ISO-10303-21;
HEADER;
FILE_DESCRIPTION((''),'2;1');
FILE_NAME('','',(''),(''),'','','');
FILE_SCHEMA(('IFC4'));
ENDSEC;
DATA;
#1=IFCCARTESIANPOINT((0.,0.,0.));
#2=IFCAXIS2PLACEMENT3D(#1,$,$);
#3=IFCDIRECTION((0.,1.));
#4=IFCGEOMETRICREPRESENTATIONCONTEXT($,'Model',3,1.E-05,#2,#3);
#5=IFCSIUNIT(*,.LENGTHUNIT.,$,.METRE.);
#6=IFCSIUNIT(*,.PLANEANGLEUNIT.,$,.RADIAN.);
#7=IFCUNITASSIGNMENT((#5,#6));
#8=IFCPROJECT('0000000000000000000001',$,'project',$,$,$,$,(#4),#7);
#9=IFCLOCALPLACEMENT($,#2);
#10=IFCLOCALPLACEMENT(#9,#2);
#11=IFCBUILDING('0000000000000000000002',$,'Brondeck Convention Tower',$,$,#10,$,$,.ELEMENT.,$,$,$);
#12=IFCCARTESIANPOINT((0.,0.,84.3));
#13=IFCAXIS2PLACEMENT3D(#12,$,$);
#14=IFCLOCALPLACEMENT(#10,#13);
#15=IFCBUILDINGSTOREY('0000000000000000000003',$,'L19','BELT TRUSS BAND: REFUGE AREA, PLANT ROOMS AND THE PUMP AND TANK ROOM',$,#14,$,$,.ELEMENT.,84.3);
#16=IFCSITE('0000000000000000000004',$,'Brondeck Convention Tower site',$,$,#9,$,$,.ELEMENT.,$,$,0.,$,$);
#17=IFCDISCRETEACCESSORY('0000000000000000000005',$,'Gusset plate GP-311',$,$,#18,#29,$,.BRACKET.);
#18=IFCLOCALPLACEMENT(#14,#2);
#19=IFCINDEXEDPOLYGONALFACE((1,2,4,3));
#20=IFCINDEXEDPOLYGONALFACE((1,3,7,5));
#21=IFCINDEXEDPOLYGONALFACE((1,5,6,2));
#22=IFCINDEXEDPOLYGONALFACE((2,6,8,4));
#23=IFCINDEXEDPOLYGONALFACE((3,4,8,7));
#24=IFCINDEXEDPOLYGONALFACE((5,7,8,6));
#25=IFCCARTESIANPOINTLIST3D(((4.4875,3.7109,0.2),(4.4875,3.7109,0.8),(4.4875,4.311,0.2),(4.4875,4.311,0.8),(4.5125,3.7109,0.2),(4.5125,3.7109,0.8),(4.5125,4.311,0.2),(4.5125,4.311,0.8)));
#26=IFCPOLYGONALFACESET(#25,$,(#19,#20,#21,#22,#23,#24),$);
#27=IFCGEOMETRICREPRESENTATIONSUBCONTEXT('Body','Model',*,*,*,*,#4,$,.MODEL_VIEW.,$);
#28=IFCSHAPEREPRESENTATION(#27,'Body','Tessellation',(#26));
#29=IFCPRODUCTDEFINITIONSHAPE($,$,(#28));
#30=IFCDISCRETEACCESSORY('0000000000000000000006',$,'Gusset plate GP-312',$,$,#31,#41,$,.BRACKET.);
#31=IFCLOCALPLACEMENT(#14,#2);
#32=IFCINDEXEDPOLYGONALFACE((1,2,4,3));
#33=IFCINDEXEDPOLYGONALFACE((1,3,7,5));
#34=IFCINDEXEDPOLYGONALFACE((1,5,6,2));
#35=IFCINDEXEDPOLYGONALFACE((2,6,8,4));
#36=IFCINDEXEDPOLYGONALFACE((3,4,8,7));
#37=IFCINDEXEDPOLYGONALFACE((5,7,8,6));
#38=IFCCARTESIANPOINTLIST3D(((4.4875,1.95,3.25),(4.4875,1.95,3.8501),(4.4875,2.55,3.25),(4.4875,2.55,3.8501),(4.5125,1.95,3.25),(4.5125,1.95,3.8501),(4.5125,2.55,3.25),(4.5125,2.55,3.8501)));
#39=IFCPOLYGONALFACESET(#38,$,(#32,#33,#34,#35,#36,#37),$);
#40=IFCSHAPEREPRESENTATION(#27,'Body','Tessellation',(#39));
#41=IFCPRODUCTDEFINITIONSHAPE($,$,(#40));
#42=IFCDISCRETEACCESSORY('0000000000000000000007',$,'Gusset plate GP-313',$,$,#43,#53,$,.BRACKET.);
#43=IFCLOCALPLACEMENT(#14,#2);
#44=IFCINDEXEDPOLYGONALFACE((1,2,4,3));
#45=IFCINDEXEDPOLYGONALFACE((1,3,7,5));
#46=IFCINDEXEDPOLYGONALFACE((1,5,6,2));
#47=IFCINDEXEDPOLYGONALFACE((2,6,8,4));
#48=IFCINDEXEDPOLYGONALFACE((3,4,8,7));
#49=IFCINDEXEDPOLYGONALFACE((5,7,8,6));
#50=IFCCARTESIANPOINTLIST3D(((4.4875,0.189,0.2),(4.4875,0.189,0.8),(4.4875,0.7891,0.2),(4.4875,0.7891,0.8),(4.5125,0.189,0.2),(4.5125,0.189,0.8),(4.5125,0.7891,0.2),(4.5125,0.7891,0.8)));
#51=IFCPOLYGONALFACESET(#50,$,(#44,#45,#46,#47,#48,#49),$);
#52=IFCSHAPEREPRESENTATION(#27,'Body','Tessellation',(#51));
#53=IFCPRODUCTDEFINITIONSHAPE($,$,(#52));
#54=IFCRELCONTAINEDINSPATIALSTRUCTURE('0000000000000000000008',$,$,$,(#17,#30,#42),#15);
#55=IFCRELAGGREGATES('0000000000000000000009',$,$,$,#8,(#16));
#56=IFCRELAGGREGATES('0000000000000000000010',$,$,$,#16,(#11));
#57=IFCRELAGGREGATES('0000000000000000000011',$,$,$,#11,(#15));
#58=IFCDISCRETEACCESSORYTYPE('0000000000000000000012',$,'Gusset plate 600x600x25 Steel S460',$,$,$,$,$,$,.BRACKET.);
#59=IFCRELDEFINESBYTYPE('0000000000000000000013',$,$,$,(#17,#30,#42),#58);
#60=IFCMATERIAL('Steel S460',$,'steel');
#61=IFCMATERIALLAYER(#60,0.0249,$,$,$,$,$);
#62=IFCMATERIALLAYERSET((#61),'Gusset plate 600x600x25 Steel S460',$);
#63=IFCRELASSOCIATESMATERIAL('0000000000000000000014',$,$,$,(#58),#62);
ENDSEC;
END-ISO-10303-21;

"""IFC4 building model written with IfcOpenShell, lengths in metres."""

from ifc_helpers import new_model, si_unit, direction, frame, origin, origin_2d, place, context, subcontext, project, spatial, rectangle, extrude, material, layer, layer_set, type_object, element, save


model = new_model("IFC4")

# Units and contexts
model_context = context("Model", 3, precision=1e-05, world=origin(), true_north=direction((0.0, 1.0)))
body_context = subcontext(model_context, "Body", "Model", "MODEL_VIEW")
ifc_project = project(units=[si_unit("LENGTHUNIT", "METRE"), si_unit("PLANEANGLEUNIT", "RADIAN")], contexts=[model_context])

# Site, building, storey
site_placement = place(None, origin())
site = spatial("IfcSite", under=ifc_project, at=site_placement, Name="Brondeck Convention Tower site", CompositionType="ELEMENT", RefElevation=0.0)
building_placement = place(site_placement, origin())
building = spatial("IfcBuilding", under=site, at=building_placement, Name="Brondeck Convention Tower", CompositionType="ELEMENT")
storey_placement = place(building_placement, frame((0.0, 0.0, 84.3)))
storey = spatial("IfcBuildingStorey", under=building, at=storey_placement, Name="L19", Description="BELT TRUSS BAND: REFUGE AREA, PLANT ROOMS AND THE PUMP AND TANK ROOM", CompositionType="ELEMENT", Elevation=84.3)

# Shared definitions
ifc_material_1 = material(Name="Steel S460", Category="steel")

# Discrete accessories
ifc_layer = layer(ifc_material_1, 0.0249)
ifc_layer_set = layer_set([ifc_layer], Name="Gusset plate 600x600x25 Steel S460")
discrete_accessory_type = type_object("IfcDiscreteAccessoryType", Name="Gusset plate 600x600x25 Steel S460", PredefinedType="BRACKET", material=ifc_layer_set)
for number, where, z_axis, x_axis, name in (
    (1, (4.5, 4.011, 0.2), (0.0, 0.0, 1.0), (0.0, 1.0, 0.0), "Gusset plate GP-311"),
    (2, (4.5, 2.25, 3.25), (0.0, 0.0, 1.0), (0.0, 1.0, 0.0), "Gusset plate GP-312"),
    (3, (4.5, 0.489, 0.2), (0.0, 0.0, 1.0), (0.0, 1.0, 0.0), "Gusset plate GP-313"),
):
    element("IfcDiscreteAccessory", number, at=place(storey_placement, frame(where, z_axis=z_axis, x_axis=x_axis)), inside=storey, type_object=discrete_accessory_type, Name=name, PredefinedType="BRACKET", context=body_context, shape_type="SweptSolid", body=[
        extrude(rectangle(XDim=0.6001, YDim=0.0249, at=origin_2d()), origin(), (0.0, 0.0, 1.0), 0.6001),
    ])

save(model, "model.ifc")
